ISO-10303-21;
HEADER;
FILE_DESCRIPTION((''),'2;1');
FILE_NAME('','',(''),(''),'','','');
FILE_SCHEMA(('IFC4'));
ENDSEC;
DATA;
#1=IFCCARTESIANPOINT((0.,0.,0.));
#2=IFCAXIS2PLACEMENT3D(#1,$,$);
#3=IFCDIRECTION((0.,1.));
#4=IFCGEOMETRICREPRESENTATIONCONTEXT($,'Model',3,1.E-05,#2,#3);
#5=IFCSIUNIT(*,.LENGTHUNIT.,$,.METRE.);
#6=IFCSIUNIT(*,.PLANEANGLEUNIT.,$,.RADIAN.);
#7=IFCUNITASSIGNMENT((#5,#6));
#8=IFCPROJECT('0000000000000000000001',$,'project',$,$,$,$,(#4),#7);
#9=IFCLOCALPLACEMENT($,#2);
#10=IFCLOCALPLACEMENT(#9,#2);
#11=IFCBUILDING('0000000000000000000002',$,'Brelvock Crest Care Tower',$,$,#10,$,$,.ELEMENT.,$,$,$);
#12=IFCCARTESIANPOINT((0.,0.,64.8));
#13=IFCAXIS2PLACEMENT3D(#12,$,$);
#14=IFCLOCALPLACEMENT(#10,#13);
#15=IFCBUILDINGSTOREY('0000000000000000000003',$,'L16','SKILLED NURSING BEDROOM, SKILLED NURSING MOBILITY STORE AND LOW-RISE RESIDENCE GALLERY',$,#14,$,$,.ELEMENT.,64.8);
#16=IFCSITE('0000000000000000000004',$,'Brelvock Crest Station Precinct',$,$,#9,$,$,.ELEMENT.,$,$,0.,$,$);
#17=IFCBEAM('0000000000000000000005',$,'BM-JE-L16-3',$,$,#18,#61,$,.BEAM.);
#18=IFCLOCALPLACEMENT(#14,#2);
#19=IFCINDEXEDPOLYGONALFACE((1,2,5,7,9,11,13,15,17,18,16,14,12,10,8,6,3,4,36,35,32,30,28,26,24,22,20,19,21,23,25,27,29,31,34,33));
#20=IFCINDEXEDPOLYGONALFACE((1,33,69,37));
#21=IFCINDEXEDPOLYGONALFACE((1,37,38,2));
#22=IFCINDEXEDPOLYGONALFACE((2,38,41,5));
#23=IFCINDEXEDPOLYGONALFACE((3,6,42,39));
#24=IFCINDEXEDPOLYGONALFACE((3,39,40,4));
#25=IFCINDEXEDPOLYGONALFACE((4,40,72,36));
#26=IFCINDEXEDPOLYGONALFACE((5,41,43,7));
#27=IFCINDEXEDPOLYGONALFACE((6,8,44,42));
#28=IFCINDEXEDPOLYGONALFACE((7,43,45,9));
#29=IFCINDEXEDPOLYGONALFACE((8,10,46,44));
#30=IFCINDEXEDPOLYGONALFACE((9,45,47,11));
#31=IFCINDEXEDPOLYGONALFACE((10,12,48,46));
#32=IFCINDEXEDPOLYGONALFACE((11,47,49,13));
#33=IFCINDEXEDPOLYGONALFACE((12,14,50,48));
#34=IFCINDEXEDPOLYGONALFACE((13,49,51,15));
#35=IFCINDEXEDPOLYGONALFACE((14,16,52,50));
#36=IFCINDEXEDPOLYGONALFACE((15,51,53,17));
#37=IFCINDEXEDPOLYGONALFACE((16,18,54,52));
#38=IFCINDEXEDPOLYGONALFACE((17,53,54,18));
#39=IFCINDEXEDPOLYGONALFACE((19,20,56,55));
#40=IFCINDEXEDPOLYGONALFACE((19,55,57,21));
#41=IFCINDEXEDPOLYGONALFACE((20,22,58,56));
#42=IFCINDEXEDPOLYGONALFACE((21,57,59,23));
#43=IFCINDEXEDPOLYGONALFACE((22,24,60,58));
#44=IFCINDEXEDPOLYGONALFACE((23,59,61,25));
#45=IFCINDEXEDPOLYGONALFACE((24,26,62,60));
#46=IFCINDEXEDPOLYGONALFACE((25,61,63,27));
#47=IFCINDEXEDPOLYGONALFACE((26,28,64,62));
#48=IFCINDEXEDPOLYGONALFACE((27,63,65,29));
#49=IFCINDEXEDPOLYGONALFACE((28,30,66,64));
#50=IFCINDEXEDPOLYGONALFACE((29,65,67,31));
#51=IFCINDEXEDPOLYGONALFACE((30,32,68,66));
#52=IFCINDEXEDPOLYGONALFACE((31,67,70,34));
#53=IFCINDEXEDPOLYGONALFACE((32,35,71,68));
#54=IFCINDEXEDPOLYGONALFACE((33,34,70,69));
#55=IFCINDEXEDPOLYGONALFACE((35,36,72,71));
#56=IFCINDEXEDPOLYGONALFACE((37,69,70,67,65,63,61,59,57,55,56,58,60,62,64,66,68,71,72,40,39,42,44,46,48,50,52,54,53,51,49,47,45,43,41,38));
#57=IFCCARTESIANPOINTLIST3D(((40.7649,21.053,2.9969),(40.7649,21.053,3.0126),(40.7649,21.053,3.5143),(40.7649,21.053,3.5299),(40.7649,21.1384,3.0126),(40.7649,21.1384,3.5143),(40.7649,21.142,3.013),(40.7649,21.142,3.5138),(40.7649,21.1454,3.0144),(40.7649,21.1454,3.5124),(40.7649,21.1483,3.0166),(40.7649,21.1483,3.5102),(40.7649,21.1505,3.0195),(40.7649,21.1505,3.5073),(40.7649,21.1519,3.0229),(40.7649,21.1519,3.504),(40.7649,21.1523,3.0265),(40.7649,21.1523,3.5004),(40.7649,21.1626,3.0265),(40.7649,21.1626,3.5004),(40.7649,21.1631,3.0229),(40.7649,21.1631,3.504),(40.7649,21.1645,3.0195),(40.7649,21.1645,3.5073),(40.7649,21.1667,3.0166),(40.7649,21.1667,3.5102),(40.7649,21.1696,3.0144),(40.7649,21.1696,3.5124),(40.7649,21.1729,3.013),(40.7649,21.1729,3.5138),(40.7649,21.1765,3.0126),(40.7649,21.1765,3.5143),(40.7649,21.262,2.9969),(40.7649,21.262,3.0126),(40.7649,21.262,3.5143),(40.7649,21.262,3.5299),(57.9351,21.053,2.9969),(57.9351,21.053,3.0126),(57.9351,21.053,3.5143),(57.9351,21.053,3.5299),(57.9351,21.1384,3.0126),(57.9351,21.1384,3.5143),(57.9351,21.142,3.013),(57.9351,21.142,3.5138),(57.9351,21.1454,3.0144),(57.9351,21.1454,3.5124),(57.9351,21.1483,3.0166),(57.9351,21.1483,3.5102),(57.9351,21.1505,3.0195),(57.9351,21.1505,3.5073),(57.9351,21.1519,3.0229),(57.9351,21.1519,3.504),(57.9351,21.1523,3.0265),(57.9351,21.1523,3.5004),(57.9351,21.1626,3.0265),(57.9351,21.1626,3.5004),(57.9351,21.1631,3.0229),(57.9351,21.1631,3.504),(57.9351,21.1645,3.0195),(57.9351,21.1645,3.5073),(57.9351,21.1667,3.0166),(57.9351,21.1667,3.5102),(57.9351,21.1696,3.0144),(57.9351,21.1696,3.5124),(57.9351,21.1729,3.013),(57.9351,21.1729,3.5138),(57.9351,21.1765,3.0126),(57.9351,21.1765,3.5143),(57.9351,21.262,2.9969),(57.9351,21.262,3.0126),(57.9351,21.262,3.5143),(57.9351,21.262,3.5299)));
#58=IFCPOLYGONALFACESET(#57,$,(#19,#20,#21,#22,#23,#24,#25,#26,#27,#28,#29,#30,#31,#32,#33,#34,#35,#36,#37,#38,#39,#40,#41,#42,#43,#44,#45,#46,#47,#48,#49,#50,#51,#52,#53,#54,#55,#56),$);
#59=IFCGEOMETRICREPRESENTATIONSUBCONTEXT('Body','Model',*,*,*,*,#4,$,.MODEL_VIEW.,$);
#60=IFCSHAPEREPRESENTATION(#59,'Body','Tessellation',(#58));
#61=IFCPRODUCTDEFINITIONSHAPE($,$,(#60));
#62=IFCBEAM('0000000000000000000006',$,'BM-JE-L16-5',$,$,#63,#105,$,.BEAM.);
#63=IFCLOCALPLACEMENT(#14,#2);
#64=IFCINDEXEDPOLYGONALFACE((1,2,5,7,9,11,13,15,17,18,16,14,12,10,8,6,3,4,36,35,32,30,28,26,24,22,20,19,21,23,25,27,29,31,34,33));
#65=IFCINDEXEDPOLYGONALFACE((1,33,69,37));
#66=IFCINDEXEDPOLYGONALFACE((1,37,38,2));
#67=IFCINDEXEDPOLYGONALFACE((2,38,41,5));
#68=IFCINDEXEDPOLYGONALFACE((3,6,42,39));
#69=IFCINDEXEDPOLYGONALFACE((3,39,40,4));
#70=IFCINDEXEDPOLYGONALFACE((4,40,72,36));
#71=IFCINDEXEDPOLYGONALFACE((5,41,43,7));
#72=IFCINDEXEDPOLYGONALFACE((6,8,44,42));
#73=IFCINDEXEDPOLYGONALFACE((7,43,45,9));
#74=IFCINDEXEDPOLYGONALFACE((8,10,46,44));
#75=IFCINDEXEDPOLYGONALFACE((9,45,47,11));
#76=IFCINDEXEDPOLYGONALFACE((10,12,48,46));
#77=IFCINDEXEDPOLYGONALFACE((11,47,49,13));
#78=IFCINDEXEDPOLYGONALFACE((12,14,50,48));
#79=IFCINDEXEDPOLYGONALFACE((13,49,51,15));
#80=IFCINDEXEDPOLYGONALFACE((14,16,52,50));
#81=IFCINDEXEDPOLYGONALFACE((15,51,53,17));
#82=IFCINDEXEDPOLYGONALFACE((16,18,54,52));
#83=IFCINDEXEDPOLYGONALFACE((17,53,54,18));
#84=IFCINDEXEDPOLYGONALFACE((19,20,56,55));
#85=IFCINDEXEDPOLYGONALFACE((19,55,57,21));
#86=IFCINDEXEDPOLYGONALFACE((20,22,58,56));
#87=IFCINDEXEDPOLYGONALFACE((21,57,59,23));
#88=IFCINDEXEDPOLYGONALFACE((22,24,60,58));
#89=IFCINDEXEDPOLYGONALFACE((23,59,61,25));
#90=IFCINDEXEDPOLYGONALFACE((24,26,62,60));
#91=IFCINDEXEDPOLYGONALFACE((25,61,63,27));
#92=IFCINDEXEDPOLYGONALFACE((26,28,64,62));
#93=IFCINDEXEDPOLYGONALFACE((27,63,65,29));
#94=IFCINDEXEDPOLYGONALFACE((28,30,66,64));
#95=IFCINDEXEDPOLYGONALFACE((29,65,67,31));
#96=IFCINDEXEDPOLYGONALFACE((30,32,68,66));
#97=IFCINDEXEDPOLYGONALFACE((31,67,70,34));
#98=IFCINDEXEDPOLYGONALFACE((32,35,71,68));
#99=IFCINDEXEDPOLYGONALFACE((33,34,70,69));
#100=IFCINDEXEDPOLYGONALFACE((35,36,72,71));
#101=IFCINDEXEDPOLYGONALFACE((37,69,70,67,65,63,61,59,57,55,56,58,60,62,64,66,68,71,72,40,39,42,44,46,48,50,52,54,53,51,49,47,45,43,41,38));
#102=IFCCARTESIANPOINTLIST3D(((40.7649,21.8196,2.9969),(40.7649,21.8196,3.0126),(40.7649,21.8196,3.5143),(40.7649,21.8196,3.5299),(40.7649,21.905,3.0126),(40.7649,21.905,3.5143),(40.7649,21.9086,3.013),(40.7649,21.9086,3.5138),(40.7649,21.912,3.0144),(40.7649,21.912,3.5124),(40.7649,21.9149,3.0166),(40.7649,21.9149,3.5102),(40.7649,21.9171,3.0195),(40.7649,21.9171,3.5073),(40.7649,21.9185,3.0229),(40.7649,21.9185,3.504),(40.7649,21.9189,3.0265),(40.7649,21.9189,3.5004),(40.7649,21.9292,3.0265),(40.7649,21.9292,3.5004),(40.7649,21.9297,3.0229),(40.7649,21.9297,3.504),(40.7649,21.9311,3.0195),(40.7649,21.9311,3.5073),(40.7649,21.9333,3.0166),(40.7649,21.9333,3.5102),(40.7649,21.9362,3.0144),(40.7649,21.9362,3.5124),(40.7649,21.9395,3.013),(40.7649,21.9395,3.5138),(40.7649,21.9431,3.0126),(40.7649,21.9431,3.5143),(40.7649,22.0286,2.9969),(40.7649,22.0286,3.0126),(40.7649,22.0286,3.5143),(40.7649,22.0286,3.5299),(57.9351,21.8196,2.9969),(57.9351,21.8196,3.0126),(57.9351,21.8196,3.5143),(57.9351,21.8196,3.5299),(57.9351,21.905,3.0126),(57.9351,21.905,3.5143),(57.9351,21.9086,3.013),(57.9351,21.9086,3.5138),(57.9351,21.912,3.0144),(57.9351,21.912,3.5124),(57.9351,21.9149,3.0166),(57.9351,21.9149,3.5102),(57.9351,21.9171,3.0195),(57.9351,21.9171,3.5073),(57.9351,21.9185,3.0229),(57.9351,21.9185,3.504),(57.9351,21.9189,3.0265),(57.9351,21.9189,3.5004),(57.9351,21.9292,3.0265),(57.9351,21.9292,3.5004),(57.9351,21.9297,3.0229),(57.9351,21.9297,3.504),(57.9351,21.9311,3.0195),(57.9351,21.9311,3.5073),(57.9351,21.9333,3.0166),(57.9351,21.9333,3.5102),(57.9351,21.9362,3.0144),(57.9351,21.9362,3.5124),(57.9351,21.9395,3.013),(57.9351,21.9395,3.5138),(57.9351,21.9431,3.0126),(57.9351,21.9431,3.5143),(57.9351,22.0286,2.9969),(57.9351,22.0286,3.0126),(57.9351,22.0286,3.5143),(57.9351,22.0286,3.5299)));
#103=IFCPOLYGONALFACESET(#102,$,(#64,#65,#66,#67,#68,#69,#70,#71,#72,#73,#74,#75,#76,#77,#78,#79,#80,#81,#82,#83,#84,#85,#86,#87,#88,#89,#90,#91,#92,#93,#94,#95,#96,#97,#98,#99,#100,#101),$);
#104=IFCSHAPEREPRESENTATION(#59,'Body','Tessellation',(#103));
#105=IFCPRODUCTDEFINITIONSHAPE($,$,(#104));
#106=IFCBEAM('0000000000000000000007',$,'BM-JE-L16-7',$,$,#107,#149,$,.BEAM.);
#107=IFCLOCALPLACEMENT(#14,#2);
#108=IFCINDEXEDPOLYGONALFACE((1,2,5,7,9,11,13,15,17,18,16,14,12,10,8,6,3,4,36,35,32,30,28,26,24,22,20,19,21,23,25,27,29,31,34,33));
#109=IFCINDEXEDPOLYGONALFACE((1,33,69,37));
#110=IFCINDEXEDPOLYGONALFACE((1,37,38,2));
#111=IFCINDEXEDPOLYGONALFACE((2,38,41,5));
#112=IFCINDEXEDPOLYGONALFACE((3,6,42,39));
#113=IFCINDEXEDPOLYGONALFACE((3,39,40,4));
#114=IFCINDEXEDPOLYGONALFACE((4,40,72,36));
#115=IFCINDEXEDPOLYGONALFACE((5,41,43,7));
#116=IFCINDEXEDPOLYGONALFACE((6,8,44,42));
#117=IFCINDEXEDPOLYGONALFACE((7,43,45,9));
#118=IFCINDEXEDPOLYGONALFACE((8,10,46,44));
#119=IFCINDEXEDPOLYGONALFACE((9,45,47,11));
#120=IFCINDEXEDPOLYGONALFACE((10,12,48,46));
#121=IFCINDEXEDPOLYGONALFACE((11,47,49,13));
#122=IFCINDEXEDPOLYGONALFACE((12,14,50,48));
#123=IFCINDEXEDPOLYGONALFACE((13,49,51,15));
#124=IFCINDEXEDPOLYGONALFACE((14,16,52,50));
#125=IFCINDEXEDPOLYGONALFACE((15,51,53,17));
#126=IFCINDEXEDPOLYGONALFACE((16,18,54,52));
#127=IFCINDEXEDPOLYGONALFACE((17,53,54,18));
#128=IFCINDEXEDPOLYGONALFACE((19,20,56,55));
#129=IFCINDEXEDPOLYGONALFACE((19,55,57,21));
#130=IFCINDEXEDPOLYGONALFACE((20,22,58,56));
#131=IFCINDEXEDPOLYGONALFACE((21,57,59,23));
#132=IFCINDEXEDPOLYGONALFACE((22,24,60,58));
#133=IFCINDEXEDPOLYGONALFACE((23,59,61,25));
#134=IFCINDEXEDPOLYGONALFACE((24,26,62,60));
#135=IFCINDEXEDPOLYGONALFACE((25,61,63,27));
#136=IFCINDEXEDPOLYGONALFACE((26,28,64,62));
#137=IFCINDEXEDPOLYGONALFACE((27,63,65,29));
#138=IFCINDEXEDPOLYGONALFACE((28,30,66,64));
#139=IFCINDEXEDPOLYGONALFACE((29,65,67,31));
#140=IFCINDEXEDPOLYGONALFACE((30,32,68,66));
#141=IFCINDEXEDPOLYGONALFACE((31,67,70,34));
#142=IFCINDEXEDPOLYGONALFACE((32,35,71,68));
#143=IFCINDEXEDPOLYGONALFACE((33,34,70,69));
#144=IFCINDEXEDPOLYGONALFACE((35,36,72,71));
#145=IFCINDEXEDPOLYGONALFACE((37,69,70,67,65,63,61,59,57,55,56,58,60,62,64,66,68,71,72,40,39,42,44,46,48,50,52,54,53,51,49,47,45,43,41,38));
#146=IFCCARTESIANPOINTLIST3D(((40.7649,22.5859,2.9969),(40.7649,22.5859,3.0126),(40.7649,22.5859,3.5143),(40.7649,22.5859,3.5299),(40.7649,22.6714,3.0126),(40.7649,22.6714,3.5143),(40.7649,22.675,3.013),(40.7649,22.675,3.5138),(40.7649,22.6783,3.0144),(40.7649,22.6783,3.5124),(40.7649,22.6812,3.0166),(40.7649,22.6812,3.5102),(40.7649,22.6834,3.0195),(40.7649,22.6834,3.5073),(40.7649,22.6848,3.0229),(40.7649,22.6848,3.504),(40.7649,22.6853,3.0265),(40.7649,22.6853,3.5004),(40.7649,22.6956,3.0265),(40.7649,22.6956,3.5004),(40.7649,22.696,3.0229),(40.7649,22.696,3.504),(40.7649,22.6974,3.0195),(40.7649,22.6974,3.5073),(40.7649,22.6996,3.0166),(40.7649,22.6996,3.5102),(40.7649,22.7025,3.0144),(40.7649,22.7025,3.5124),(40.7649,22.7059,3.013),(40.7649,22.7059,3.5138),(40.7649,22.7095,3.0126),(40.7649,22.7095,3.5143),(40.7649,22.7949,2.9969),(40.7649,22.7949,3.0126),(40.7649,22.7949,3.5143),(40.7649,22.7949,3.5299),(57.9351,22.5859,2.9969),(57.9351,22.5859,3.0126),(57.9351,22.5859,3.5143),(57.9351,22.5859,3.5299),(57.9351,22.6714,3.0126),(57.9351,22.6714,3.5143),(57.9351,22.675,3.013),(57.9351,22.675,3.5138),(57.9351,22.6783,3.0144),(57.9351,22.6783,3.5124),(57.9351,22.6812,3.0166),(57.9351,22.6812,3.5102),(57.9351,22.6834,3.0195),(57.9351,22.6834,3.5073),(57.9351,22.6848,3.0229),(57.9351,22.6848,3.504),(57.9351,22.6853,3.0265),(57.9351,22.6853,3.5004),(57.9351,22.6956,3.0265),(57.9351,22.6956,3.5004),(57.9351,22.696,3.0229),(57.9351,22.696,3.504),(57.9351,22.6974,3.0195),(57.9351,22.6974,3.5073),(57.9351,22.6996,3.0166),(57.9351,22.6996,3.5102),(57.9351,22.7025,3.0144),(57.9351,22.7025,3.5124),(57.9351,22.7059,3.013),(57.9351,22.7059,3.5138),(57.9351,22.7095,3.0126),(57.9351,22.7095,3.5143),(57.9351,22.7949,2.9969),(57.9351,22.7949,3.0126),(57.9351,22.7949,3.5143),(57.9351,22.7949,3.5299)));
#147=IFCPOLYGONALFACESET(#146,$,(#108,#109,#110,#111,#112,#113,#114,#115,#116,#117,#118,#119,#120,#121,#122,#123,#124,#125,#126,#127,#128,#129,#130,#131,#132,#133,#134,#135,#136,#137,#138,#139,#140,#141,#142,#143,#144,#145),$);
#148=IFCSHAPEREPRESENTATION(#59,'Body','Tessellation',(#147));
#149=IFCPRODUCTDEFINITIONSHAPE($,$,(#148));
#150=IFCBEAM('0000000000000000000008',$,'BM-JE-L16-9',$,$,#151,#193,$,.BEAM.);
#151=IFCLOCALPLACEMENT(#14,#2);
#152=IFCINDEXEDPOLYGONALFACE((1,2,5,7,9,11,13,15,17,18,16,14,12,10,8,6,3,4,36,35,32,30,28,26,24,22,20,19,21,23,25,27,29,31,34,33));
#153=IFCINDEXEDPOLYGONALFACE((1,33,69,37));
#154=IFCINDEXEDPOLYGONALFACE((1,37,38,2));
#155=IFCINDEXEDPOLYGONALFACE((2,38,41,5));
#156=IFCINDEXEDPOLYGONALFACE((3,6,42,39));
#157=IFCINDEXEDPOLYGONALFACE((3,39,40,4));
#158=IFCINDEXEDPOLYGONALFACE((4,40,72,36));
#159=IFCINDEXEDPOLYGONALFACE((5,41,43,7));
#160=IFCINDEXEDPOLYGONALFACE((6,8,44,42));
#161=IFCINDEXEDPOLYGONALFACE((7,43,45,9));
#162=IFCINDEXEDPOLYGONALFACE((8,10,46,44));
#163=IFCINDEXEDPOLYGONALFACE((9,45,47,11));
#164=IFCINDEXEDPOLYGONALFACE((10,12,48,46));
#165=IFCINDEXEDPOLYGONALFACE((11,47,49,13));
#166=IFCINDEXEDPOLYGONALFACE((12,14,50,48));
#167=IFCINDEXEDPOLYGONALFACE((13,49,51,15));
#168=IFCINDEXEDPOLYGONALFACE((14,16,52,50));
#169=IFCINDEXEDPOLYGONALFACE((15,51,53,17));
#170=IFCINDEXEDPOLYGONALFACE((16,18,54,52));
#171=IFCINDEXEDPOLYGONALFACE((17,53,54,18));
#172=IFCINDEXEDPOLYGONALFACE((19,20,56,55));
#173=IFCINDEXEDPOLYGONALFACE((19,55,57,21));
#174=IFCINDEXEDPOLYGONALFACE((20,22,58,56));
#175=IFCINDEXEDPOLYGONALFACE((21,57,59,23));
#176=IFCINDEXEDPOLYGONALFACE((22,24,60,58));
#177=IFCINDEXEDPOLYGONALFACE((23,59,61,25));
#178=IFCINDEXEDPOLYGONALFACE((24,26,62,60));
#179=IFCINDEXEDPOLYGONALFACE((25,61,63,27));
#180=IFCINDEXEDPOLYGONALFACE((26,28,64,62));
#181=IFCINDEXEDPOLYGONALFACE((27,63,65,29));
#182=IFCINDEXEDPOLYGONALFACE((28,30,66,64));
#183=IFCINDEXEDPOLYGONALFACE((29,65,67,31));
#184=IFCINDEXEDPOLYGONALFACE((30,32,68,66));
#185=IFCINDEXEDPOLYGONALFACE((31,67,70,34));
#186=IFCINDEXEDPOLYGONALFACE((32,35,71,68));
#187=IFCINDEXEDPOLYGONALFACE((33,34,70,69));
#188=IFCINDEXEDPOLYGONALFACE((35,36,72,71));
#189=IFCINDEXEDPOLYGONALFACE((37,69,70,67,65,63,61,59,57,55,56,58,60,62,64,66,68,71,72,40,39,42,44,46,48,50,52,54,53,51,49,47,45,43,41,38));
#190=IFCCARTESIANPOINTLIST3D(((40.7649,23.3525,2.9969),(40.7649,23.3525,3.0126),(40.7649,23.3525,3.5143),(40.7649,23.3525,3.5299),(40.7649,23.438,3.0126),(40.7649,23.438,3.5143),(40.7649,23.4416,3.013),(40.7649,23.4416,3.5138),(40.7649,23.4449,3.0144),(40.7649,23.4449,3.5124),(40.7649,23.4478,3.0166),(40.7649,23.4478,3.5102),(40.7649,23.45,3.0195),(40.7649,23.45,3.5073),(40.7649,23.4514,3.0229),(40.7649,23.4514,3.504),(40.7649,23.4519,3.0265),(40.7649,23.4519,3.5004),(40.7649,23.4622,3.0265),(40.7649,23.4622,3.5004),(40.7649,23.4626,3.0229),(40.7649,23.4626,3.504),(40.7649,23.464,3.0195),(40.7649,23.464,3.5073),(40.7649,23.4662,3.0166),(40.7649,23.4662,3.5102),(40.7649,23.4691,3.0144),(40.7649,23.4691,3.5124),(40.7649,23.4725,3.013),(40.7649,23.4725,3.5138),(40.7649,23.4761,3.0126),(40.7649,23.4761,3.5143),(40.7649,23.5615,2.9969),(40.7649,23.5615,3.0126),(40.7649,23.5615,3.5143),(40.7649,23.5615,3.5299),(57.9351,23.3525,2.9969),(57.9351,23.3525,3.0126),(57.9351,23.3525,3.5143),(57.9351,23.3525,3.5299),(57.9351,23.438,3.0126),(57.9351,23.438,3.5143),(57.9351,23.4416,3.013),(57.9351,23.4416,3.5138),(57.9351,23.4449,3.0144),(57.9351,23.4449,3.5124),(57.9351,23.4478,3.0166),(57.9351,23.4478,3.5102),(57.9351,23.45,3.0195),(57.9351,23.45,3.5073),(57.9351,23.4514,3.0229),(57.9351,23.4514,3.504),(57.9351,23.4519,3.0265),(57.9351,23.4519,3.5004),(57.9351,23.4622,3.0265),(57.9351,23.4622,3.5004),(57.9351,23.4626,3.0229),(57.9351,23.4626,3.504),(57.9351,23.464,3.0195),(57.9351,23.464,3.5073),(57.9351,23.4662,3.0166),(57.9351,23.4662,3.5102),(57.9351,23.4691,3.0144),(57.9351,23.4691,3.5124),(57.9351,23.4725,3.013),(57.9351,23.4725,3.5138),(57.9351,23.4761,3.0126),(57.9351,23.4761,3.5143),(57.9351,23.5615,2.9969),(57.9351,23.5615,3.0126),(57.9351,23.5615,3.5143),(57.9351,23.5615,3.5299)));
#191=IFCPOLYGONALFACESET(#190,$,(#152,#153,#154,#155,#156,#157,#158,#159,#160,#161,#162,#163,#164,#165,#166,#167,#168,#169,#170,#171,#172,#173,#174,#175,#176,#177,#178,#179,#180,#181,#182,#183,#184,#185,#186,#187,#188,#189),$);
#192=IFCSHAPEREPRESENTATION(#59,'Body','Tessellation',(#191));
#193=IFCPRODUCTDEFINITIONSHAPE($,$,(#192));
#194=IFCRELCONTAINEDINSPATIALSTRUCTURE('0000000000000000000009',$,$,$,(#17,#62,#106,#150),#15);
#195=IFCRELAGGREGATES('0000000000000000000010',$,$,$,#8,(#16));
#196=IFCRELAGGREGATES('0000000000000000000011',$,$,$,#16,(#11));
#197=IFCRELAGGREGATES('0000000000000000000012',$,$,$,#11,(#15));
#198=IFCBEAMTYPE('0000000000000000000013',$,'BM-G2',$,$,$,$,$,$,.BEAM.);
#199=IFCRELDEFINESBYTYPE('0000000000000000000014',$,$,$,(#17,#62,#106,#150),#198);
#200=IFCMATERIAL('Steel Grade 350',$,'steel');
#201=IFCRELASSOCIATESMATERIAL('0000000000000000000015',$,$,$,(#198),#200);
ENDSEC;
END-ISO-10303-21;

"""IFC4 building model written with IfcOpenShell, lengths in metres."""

from ifc_helpers import new_model, si_unit, direction, frame, origin, origin_2d, place, context, subcontext, project, spatial, i_section, extrude, source, transform, mapped, material, material_profile, profile_set, type_object, element, save


model = new_model("IFC4")

# Units and contexts
model_context = context("Model", 3, precision=1e-05, world=origin(), true_north=direction((0.0, 1.0)))
body_context = subcontext(model_context, "Body", "Model", "MODEL_VIEW")
ifc_project = project(units=[si_unit("LENGTHUNIT", "METRE"), si_unit("PLANEANGLEUNIT", "RADIAN")], contexts=[model_context])

# Site, building, storey
site_placement = place(None, origin())
site = spatial("IfcSite", under=ifc_project, at=site_placement, Name="Brelvock Crest Station Precinct", CompositionType="ELEMENT", RefElevation=0.0)
building_placement = place(site_placement, origin())
building = spatial("IfcBuilding", under=site, at=building_placement, Name="Brelvock Crest Care Tower", CompositionType="ELEMENT")
storey_placement = place(building_placement, frame((0.0, 0.0, 64.8)))
storey = spatial("IfcBuildingStorey", under=building, at=storey_placement, Name="L16", Description="SKILLED NURSING BEDROOM, SKILLED NURSING MOBILITY STORE AND LOW-RISE RESIDENCE GALLERY", CompositionType="ELEMENT", Elevation=64.8)

# Beams
ifc_material_1 = material(Name="Steel Grade 350", Category="steel")
ifc_material_profile_1 = material_profile(ifc_material_1, i_section(OverallWidth=0.209, OverallDepth=0.533, WebThickness=0.0103, FlangeThickness=0.0156, FilletRadius=0.0139, at=origin_2d()), Name="530UB92.4")
ifc_profile_set_1 = profile_set([ifc_material_profile_1], Name="Steel Grade 350")
beam_type_1 = type_object("IfcBeamType", Name="BM-G2", PredefinedType="BEAM", material=ifc_profile_set_1)
shared_shape_1 = source(origin(), body_context, "Body", "SweptSolid", [
    extrude(i_section(OverallWidth=0.209, OverallDepth=0.533, WebThickness=0.0103, FlangeThickness=0.0156, FilletRadius=0.0139, at=origin_2d()), origin(), (0.0, 0.0, 1.0), 17.1702),
])
for number, where, z_axis, x_axis, name in (
    (1, (40.7649, 21.1575, 3.2634), (1.0, 0.0, 0.0), (0.0, 1.0, 0.0), "BM-JE-L16-3"),
    (2, (40.7649, 21.9241, 3.2634), (1.0, 0.0, 0.0), (0.0, 1.0, 0.0), "BM-JE-L16-5"),
    (3, (40.7649, 22.6904, 3.2634), (1.0, 0.0, 0.0), (0.0, 1.0, 0.0), "BM-JE-L16-7"),
    (4, (40.7649, 23.457, 3.2634), (1.0, 0.0, 0.0), (0.0, 1.0, 0.0), "BM-JE-L16-9"),
):
    element("IfcBeam", number, at=place(storey_placement, frame(where, z_axis=z_axis, x_axis=x_axis)), inside=storey, type_object=beam_type_1, Name=name, PredefinedType="BEAM", context=body_context, shape_type="MappedRepresentation", body=[
        mapped(shared_shape_1, transform((0.0, 0.0, 0.0), x_axis=(1.0, 0.0, 0.0), y_axis=(0.0, 1.0, 0.0), z_axis=(0.0, 0.0, 1.0), scale=1.0)),
    ])

save(model, "model.ifc")
